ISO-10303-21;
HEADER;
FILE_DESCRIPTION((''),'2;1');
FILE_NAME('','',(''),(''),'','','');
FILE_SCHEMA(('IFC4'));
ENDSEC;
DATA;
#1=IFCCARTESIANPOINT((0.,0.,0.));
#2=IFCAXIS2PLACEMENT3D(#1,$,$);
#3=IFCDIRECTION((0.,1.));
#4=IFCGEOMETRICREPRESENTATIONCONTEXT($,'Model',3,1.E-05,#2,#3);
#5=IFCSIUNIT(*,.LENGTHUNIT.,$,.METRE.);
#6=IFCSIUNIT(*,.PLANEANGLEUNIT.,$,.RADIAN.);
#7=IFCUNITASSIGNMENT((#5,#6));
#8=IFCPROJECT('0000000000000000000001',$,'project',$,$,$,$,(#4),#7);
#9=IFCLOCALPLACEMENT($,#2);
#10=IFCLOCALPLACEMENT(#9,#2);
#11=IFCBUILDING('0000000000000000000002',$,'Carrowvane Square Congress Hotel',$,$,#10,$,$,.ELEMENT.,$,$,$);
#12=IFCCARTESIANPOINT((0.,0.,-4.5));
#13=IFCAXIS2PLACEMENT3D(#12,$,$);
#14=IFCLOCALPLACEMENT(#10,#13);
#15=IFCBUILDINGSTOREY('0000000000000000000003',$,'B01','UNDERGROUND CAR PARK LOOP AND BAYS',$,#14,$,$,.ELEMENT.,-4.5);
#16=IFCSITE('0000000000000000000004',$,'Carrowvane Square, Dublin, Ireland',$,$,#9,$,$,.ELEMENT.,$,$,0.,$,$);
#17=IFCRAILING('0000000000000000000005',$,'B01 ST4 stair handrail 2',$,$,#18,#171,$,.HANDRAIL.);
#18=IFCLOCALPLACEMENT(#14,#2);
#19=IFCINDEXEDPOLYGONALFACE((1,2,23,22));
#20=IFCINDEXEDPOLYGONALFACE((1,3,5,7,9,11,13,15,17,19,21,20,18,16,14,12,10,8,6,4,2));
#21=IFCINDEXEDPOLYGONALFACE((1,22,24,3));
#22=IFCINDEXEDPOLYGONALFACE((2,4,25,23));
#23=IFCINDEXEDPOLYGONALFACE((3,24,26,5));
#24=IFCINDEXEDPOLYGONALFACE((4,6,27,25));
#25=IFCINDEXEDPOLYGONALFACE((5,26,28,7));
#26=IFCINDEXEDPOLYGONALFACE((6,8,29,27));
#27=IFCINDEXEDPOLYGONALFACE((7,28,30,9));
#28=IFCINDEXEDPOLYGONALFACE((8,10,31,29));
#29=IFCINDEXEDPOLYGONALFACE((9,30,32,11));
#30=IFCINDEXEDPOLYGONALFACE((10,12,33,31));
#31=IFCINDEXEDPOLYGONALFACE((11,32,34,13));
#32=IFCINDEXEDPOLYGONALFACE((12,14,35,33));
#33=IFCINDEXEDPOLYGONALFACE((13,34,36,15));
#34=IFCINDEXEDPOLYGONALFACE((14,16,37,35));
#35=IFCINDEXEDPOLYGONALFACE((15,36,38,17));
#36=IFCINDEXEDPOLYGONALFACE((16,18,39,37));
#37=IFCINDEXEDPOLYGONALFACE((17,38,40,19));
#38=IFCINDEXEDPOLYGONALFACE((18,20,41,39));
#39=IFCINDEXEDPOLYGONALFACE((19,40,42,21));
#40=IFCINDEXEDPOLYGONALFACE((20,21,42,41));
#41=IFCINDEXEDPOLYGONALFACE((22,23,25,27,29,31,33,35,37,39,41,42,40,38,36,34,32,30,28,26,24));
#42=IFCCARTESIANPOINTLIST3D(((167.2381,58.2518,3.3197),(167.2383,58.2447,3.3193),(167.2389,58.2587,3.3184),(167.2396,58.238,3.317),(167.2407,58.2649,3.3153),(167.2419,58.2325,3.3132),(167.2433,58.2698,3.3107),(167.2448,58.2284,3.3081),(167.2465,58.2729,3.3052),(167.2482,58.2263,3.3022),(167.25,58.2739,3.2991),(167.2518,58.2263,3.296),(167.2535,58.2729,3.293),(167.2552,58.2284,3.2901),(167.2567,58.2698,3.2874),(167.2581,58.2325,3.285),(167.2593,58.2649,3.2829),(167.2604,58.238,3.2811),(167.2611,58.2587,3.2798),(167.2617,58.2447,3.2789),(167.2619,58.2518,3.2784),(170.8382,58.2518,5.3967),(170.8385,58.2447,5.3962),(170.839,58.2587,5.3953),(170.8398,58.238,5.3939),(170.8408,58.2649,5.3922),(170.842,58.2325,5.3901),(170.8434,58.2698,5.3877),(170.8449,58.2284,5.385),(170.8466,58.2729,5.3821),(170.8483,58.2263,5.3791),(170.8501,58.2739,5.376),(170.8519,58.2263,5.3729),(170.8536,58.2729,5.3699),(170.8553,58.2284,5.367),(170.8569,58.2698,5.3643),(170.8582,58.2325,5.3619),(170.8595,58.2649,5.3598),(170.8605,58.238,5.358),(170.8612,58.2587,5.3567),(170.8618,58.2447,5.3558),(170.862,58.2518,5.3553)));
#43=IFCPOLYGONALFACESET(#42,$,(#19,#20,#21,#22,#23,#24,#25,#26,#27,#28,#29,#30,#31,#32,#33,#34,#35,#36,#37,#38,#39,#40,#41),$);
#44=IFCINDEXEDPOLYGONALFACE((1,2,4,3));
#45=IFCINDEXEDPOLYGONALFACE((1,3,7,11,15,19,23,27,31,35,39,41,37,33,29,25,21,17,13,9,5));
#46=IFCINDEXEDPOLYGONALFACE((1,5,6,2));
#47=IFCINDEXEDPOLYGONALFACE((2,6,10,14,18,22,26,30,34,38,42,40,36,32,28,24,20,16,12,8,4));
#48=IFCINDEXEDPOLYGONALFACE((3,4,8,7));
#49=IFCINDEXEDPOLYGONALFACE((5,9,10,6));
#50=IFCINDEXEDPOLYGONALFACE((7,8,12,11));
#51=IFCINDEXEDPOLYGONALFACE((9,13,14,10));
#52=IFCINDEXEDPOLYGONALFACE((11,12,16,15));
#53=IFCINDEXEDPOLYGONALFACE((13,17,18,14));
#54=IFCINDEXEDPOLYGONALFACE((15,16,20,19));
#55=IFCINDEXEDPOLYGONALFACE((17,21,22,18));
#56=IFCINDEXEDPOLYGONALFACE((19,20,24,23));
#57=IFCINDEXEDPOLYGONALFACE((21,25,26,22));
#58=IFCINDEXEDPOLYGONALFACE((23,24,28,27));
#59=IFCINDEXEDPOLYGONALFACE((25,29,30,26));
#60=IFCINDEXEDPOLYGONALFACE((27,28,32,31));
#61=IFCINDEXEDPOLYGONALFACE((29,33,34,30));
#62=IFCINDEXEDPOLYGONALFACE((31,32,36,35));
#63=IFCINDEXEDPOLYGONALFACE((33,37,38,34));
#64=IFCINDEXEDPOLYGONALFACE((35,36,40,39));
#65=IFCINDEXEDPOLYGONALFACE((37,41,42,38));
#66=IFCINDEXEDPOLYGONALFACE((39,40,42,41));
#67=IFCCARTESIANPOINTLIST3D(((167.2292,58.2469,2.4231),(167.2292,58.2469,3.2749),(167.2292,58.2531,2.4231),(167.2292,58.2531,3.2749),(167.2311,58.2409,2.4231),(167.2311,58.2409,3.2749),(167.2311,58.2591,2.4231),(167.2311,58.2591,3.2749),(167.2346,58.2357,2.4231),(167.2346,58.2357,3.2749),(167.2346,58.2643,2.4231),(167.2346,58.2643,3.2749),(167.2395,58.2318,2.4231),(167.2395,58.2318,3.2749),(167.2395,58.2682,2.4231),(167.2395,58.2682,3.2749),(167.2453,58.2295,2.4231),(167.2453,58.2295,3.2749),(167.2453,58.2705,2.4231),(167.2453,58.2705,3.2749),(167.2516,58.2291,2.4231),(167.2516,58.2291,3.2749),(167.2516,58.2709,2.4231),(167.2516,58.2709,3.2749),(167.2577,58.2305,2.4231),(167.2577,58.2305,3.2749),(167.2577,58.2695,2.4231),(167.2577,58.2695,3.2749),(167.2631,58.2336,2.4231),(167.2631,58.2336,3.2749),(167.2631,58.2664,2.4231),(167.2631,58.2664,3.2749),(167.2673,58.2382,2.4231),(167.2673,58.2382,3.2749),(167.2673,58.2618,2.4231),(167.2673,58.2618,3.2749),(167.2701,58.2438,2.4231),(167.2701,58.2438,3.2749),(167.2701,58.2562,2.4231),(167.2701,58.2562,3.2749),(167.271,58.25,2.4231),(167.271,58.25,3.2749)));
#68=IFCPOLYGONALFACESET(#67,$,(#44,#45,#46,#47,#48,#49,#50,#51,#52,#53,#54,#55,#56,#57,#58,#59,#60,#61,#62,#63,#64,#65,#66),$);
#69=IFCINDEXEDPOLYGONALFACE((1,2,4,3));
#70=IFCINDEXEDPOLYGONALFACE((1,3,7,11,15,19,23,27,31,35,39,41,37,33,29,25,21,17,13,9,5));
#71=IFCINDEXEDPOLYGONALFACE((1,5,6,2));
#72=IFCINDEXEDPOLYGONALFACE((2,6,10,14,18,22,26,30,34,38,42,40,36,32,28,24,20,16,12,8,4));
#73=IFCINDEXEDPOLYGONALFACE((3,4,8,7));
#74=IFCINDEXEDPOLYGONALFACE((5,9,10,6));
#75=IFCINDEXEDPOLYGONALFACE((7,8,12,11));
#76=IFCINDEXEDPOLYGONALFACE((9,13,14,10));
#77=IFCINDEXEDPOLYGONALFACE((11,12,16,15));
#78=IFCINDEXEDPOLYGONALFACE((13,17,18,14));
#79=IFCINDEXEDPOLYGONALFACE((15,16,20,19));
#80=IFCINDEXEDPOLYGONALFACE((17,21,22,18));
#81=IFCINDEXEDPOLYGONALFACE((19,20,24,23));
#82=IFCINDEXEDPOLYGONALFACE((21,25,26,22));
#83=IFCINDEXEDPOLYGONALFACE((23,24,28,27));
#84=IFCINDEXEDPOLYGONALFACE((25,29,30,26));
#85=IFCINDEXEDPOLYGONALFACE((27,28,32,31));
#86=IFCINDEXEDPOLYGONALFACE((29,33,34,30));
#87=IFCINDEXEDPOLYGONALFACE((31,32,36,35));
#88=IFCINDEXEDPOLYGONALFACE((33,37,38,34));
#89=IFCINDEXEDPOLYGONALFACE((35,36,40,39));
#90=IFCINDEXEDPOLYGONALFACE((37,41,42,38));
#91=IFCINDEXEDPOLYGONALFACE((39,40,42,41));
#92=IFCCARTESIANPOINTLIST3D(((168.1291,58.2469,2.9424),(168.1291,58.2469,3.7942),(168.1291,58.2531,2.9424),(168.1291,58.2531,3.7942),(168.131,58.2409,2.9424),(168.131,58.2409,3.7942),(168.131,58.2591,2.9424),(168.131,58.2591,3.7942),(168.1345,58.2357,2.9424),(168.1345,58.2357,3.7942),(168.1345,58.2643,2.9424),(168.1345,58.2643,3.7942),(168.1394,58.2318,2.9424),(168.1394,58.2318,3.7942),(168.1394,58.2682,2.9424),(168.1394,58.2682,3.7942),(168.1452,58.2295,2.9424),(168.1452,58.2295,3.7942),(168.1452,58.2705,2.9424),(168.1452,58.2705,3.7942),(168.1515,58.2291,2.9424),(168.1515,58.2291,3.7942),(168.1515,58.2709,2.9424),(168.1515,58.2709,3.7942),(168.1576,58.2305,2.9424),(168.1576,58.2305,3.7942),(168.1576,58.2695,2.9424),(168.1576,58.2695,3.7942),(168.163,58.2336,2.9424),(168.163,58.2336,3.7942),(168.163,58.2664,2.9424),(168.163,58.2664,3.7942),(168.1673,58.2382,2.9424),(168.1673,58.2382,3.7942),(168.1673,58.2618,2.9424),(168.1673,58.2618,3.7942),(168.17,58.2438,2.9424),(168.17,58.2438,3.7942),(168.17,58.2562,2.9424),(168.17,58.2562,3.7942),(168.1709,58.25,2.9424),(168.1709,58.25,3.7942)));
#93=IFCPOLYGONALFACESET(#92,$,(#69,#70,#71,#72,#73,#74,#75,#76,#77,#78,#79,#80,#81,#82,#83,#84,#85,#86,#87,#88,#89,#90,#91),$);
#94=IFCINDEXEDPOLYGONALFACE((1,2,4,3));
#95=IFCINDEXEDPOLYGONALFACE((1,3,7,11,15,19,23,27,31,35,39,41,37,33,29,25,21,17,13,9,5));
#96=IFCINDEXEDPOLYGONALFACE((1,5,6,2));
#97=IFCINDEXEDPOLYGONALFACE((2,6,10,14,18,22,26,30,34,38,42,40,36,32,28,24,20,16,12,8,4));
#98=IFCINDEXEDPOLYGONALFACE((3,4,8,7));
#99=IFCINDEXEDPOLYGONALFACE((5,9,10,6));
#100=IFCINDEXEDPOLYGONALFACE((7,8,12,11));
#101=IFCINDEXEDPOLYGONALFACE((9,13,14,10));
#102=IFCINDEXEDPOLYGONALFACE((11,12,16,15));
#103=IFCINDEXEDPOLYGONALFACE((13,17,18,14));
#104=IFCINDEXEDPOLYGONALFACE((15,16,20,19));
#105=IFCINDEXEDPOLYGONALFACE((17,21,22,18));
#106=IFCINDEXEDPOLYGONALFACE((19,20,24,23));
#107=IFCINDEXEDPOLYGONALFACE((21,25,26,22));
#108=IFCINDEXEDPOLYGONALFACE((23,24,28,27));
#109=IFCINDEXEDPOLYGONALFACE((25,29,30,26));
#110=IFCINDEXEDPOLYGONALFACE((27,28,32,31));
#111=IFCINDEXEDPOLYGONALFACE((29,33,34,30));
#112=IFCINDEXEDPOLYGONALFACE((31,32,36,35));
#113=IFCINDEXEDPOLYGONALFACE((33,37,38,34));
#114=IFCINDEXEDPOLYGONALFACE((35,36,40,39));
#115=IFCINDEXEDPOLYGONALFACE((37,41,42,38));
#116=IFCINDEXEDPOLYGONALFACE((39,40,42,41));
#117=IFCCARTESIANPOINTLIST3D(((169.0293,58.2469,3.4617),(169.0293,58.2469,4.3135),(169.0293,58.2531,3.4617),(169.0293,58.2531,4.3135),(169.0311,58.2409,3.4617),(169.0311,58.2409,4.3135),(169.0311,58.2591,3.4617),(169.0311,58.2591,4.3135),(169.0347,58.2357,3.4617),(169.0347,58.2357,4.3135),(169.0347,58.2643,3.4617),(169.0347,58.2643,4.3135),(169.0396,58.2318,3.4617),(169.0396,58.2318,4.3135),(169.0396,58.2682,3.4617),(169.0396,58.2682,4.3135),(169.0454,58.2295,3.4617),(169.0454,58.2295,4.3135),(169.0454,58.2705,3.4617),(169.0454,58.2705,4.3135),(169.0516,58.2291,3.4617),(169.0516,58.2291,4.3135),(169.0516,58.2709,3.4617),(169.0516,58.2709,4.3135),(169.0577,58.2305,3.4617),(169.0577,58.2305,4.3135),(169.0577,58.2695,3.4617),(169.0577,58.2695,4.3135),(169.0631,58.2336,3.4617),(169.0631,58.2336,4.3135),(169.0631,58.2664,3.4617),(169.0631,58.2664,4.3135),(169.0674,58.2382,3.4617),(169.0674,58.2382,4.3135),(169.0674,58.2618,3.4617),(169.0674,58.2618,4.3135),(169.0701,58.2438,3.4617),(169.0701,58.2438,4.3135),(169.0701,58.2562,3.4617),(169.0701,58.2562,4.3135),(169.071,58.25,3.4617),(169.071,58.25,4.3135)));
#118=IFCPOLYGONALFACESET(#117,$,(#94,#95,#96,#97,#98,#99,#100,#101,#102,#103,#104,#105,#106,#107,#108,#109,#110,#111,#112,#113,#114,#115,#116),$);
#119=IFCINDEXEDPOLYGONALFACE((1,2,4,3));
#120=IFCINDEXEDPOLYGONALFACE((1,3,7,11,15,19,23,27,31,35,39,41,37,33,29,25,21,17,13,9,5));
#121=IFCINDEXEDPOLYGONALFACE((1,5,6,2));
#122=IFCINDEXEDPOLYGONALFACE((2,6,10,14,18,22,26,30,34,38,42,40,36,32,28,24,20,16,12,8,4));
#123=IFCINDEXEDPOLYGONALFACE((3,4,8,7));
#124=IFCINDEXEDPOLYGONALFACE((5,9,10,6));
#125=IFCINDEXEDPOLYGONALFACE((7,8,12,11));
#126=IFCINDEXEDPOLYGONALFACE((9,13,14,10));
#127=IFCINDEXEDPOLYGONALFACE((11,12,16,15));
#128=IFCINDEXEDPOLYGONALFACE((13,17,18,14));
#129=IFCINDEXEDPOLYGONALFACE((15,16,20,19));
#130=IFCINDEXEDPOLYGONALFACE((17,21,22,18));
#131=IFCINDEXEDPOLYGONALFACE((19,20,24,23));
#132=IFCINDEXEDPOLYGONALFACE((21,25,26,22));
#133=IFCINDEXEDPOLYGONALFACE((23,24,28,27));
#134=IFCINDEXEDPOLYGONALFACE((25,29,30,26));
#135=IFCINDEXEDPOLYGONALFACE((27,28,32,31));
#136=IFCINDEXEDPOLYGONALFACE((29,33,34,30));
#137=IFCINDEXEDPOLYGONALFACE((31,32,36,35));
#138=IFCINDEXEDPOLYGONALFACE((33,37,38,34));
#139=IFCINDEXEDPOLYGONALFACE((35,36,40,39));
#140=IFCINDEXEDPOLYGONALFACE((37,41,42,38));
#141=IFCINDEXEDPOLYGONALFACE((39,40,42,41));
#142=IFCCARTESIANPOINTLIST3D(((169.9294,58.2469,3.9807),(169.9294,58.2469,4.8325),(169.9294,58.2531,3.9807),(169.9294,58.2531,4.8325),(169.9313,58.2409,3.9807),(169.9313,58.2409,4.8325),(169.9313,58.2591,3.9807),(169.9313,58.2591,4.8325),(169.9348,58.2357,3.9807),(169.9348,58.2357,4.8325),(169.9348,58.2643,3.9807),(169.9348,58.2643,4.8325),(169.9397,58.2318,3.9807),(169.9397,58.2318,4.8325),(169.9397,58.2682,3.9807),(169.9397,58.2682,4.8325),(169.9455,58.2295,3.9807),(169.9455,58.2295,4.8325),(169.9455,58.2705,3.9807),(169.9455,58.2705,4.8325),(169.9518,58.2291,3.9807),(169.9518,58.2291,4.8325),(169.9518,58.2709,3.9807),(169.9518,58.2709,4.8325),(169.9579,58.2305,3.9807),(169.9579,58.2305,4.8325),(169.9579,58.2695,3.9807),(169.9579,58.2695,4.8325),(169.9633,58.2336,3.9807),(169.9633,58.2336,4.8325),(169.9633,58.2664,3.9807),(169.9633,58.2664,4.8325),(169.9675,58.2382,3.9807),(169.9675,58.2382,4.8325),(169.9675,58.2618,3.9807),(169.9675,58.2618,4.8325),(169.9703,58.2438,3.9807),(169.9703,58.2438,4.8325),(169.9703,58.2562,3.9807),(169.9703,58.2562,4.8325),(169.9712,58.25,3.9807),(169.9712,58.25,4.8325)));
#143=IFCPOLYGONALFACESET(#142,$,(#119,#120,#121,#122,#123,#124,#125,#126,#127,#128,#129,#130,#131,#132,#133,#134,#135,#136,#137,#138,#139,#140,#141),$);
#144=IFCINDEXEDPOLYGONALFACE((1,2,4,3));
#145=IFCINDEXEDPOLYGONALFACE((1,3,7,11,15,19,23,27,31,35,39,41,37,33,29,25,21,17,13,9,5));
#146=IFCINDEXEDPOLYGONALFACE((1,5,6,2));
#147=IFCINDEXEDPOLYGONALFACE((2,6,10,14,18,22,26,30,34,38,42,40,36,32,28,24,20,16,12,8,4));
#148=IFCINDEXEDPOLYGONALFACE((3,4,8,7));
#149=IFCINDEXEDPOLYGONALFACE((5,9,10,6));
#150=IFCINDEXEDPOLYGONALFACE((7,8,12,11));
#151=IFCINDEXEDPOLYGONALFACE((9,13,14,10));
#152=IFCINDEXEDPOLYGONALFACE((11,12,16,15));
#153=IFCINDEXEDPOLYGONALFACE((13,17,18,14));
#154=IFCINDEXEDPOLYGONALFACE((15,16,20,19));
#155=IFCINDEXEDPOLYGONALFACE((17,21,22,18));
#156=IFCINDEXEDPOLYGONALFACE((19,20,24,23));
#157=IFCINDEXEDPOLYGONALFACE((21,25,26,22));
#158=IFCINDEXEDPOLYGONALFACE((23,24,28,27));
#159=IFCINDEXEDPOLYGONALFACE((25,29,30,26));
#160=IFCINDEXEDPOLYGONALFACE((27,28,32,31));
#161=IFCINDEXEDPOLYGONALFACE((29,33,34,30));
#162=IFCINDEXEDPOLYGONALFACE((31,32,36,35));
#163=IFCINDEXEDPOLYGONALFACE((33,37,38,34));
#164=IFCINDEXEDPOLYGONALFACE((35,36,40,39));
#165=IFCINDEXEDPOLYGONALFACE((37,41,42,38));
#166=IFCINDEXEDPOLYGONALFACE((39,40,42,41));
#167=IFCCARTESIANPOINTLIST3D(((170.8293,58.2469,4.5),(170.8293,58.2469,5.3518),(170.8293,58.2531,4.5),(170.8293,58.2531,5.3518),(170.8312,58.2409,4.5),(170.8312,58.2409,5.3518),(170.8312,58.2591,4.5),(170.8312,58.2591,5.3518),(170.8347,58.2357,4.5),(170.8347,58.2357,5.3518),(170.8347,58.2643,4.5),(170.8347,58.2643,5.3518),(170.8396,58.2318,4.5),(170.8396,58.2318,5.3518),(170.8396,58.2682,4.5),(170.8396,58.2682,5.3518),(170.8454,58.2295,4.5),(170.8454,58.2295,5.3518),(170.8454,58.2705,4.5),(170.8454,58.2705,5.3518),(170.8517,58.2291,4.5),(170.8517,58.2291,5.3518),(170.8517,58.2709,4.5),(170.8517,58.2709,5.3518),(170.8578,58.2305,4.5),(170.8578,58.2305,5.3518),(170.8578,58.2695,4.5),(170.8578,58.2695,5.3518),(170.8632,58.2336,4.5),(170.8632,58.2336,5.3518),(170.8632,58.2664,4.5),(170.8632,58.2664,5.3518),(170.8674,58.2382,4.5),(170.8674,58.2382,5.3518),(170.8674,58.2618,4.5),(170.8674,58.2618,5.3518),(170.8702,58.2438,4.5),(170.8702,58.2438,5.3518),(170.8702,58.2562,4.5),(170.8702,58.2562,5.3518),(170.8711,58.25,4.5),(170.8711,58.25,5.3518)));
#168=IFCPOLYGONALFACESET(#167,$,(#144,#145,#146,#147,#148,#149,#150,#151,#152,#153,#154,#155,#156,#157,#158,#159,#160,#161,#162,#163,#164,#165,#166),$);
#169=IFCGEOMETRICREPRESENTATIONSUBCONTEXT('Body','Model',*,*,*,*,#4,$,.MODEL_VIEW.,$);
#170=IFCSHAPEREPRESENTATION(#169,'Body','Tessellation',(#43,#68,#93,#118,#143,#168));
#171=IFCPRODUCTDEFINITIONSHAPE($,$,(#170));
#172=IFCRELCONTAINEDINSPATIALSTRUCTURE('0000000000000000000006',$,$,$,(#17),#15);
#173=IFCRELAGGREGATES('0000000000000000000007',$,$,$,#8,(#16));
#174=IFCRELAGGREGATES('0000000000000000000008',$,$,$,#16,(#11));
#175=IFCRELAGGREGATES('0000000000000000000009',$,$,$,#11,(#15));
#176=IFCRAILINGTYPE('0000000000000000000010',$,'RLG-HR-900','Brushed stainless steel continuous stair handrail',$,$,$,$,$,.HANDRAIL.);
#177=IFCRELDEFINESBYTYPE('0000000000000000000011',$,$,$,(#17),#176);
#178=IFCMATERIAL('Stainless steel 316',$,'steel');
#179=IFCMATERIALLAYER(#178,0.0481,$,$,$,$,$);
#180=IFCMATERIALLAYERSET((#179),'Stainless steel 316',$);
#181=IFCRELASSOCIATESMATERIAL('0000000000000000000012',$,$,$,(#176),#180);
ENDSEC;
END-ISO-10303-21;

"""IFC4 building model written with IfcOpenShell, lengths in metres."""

from ifc_helpers import new_model, si_unit, direction, frame, origin, origin_2d, place, context, subcontext, project, spatial, circle, extrude, material, layer, layer_set, type_object, element, save


model = new_model("IFC4")

# Units and contexts
model_context = context("Model", 3, precision=1e-05, world=origin(), true_north=direction((0.0, 1.0)))
body_context = subcontext(model_context, "Body", "Model", "MODEL_VIEW")
ifc_project = project(units=[si_unit("LENGTHUNIT", "METRE"), si_unit("PLANEANGLEUNIT", "RADIAN")], contexts=[model_context])

# Site, building, storey
site_placement = place(None, origin())
site = spatial("IfcSite", under=ifc_project, at=site_placement, Name="Carrowvane Square, Dublin, Ireland", CompositionType="ELEMENT", RefElevation=0.0)
building_placement = place(site_placement, origin())
building = spatial("IfcBuilding", under=site, at=building_placement, Name="Carrowvane Square Congress Hotel", CompositionType="ELEMENT")
storey_placement = place(building_placement, frame((0.0, 0.0, -4.5)))
storey = spatial("IfcBuildingStorey", under=building, at=storey_placement, Name="B01", Description="UNDERGROUND CAR PARK LOOP AND BAYS", CompositionType="ELEMENT", Elevation=-4.5)

# Railing
ifc_material_1 = material(Name="Stainless steel 316", Category="steel")
ifc_layer_1 = layer(ifc_material_1, 0.0481)
ifc_layer_set_1 = layer_set([ifc_layer_1], Name="Stainless steel 316")
railing_type_1 = type_object("IfcRailingType", Name="RLG-HR-900", Description="Brushed stainless steel continuous stair handrail", PredefinedType="HANDRAIL", material=ifc_layer_set_1)
railing_1_placement = place(storey_placement, frame((167.25, 58.25, 2.4231)))
element("IfcRailing", 1, at=railing_1_placement, inside=storey, type_object=railing_type_1, Name="B01 ST4 stair handrail 2", PredefinedType="HANDRAIL", context=body_context, shape_type="SweptSolid", body=[
    extrude(circle(Radius=0.0239, at=origin_2d()), frame((0.0, 0.0, 0.876), z_axis=(0.866193, 0.0, 0.499709), x_axis=(0.0, 1.0, 0.0)), (0.0, 0.0, 1.0), 4.1562),
    extrude(circle(Radius=0.021, at=origin_2d()), origin(), (0.0, 0.0, 1.0), 0.8518),
    extrude(circle(Radius=0.021, at=origin_2d()), frame((0.8999, 0.0, 0.5193)), (0.0, 0.0, 1.0), 0.8518),
    extrude(circle(Radius=0.021, at=origin_2d()), frame((1.8, 0.0, 1.0386)), (0.0, 0.0, 1.0), 0.8518),
    extrude(circle(Radius=0.021, at=origin_2d()), frame((2.7002, 0.0, 1.5576)), (0.0, 0.0, 1.0), 0.8518),
    extrude(circle(Radius=0.021, at=origin_2d()), frame((3.6001, 0.0, 2.0769)), (0.0, 0.0, 1.0), 0.8518),
])

save(model, "model.ifc")
